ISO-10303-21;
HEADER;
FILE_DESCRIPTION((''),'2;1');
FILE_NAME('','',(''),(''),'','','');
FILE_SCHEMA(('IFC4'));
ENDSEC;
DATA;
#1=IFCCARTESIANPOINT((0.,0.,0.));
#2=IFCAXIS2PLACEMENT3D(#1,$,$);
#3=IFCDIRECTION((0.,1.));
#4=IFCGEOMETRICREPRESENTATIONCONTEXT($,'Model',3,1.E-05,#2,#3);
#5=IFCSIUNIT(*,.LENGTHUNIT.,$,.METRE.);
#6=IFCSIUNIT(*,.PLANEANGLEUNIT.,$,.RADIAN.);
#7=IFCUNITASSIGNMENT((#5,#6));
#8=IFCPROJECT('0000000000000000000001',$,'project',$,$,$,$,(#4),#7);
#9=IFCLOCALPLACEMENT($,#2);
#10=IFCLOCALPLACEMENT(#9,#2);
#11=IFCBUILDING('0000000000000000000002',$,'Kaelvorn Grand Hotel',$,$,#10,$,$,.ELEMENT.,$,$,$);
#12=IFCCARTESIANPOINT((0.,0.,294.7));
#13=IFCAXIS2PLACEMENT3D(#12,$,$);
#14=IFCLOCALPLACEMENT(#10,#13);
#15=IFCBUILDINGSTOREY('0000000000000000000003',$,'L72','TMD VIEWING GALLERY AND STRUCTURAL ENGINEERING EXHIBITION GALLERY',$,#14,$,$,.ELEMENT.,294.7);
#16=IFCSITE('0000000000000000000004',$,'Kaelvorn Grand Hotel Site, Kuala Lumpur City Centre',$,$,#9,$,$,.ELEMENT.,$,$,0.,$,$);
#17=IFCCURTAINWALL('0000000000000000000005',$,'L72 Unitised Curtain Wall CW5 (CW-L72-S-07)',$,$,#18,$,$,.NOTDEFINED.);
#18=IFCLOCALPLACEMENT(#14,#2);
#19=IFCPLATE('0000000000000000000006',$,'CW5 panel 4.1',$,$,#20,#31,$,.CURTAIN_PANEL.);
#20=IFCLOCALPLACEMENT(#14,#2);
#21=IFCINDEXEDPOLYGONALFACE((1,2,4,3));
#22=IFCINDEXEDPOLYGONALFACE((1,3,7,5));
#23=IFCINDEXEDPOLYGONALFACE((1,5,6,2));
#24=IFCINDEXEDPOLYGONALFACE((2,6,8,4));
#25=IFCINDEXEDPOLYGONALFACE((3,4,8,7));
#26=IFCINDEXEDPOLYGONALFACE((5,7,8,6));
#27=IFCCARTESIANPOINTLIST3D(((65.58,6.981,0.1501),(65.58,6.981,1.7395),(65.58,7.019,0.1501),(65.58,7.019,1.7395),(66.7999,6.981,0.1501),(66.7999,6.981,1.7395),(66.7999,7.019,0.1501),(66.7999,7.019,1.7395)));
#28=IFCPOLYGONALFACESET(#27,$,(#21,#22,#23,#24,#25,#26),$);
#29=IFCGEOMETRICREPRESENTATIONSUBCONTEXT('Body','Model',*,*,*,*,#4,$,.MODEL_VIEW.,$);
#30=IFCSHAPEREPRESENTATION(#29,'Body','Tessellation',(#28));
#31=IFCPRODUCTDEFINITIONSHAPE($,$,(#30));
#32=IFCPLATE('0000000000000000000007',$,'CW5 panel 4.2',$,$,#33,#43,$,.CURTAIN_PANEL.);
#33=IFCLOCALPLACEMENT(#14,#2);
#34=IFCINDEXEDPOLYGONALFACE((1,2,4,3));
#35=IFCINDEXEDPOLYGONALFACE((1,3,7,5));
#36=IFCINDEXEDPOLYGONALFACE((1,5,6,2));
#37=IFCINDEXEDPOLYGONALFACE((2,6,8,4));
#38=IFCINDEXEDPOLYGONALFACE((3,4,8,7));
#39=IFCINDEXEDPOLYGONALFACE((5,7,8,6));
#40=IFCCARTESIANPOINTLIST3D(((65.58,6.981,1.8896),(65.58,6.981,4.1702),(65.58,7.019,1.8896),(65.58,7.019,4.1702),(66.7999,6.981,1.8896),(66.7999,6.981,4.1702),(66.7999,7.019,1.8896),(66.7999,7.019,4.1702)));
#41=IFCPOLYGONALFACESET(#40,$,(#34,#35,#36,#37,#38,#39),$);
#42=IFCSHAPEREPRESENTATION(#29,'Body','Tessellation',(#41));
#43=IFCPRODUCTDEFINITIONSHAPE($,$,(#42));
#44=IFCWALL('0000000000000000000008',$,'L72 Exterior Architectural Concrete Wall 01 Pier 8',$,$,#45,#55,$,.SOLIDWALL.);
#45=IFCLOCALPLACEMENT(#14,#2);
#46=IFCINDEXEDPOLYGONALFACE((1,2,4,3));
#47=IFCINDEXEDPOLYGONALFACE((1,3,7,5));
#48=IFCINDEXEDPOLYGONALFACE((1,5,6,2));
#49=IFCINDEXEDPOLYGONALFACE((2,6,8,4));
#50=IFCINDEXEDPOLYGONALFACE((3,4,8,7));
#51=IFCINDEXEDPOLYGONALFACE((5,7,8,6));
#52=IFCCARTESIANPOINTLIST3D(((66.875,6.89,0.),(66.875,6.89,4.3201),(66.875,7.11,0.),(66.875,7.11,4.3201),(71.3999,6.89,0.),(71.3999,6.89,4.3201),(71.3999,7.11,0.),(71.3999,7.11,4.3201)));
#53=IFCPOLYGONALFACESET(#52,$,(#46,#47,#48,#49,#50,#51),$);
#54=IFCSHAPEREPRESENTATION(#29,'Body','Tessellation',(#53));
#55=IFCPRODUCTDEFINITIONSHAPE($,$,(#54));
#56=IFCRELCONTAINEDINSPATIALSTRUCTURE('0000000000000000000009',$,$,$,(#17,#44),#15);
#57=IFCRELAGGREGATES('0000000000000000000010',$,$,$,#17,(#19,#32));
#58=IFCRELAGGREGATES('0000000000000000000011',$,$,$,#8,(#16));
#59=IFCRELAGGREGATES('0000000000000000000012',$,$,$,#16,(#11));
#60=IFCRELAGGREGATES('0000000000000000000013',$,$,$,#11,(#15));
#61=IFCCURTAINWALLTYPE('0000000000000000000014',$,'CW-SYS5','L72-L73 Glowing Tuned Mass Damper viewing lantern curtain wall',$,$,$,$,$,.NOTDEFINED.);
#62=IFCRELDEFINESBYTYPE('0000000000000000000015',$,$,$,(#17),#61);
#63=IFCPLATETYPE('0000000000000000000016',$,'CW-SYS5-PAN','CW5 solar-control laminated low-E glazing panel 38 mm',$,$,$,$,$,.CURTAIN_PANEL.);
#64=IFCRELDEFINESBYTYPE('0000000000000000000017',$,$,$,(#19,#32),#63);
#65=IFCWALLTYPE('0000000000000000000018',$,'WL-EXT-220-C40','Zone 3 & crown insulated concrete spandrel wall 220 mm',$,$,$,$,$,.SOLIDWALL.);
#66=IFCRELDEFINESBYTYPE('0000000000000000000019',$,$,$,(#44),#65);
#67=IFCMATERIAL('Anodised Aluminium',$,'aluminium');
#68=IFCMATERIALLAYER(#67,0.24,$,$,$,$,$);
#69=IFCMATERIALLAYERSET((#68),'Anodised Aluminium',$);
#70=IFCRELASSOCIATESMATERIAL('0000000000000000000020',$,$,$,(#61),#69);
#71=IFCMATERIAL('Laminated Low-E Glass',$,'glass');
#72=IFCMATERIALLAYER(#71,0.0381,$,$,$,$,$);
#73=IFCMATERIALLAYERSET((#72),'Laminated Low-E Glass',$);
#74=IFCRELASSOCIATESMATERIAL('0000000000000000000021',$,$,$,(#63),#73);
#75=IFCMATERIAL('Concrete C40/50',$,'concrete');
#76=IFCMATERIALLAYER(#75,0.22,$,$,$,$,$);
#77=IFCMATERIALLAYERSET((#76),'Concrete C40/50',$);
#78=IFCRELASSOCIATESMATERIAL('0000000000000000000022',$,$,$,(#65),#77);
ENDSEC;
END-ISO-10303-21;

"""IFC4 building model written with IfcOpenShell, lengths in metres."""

from ifc_helpers import new_model, si_unit, direction, frame, frame_2d, origin, origin_2d, place, context, subcontext, project, spatial, rectangle, extrude, material, layer, layer_set, type_object, element, aggregate, save


model = new_model("IFC4")

# Units and contexts
model_context = context("Model", 3, precision=1e-05, world=origin(), true_north=direction((0.0, 1.0)))
body_context = subcontext(model_context, "Body", "Model", "MODEL_VIEW")
ifc_project = project(units=[si_unit("LENGTHUNIT", "METRE"), si_unit("PLANEANGLEUNIT", "RADIAN")], contexts=[model_context])

# Site, building, storey
site_placement = place(None, origin())
site = spatial("IfcSite", under=ifc_project, at=site_placement, Name="Kaelvorn Grand Hotel Site, Kuala Lumpur City Centre", CompositionType="ELEMENT", RefElevation=0.0)
building_placement = place(site_placement, origin())
building = spatial("IfcBuilding", under=site, at=building_placement, Name="Kaelvorn Grand Hotel", CompositionType="ELEMENT")
storey_placement = place(building_placement, frame((0.0, 0.0, 294.7)))
storey = spatial("IfcBuildingStorey", under=building, at=storey_placement, Name="L72", Description="TMD VIEWING GALLERY AND STRUCTURAL ENGINEERING EXHIBITION GALLERY", CompositionType="ELEMENT", Elevation=294.7)

# Curtain wall, plates
ifc_material_1 = material(Name="Anodised Aluminium", Category="aluminium")
ifc_layer_1 = layer(ifc_material_1, 0.24)
ifc_layer_set_1 = layer_set([ifc_layer_1], Name="Anodised Aluminium")
curtain_wall_type = type_object("IfcCurtainWallType", Name="CW-SYS5", Description="L72-L73 Glowing Tuned Mass Damper viewing lantern curtain wall", PredefinedType="NOTDEFINED", material=ifc_layer_set_1)
curtain_wall_placement = place(storey_placement, origin())
curtain_wall = element("IfcCurtainWall", 1, at=curtain_wall_placement, inside=storey, type_object=curtain_wall_type, Name="L72 Unitised Curtain Wall CW5 (CW-L72-S-07)", PredefinedType="NOTDEFINED")
ifc_material_2 = material(Name="Laminated Low-E Glass", Category="glass")
ifc_layer_2 = layer(ifc_material_2, 0.0381)
ifc_layer_set_2 = layer_set([ifc_layer_2], Name="Laminated Low-E Glass")
plate_type = type_object("IfcPlateType", Name="CW-SYS5-PAN", Description="CW5 solar-control laminated low-E glazing panel 38 mm", PredefinedType="CURTAIN_PANEL", material=ifc_layer_set_2)
plate_1_placement = place(storey_placement, frame((66.1899, 7.0, 0.1501), z_axis=(0.0, 0.0, 1.0), x_axis=(1.0, 0.0, 0.0)))
plate_1 = element("IfcPlate", 2, at=plate_1_placement, type_object=plate_type, Name="CW5 panel 4.1", PredefinedType="CURTAIN_PANEL", context=body_context, shape_type="SweptSolid", body=[
    extrude(rectangle(XDim=1.22, YDim=0.0381, at=origin_2d()), origin(), (0.0, 0.0, 1.0), 1.5894),
])
plate_2_placement = place(storey_placement, frame((66.1899, 7.0, 1.8896), z_axis=(0.0, 0.0, 1.0), x_axis=(1.0, 0.0, 0.0)))
plate_2 = element("IfcPlate", 3, at=plate_2_placement, type_object=plate_type, Name="CW5 panel 4.2", PredefinedType="CURTAIN_PANEL", context=body_context, shape_type="SweptSolid", body=[
    extrude(rectangle(XDim=1.22, YDim=0.0381, at=origin_2d()), origin(), (0.0, 0.0, 1.0), 2.2805),
])
aggregate(curtain_wall, [plate_1, plate_2])

# Wall
ifc_material_3 = material(Name="Concrete C40/50", Category="concrete")
ifc_layer_3 = layer(ifc_material_3, 0.22)
ifc_layer_set_3 = layer_set([ifc_layer_3], Name="Concrete C40/50")
wall_type = type_object("IfcWallType", Name="WL-EXT-220-C40", Description="Zone 3 & crown insulated concrete spandrel wall 220 mm", PredefinedType="SOLIDWALL", material=ifc_layer_set_3)
wall_placement = place(storey_placement, frame((66.875, 7.0, 0.0), z_axis=(0.0, 0.0, 1.0), x_axis=(1.0, 0.0, 0.0)))
element("IfcWall", 4, at=wall_placement, inside=storey, type_object=wall_type, Name="L72 Exterior Architectural Concrete Wall 01 Pier 8", PredefinedType="SOLIDWALL", context=body_context, shape_type="SweptSolid", body=[
    extrude(rectangle(XDim=4.5249, YDim=0.22, at=frame_2d((2.2625, 0.0))), origin(), (0.0, 0.0, 1.0), 4.3201),
])

save(model, "model.ifc")
